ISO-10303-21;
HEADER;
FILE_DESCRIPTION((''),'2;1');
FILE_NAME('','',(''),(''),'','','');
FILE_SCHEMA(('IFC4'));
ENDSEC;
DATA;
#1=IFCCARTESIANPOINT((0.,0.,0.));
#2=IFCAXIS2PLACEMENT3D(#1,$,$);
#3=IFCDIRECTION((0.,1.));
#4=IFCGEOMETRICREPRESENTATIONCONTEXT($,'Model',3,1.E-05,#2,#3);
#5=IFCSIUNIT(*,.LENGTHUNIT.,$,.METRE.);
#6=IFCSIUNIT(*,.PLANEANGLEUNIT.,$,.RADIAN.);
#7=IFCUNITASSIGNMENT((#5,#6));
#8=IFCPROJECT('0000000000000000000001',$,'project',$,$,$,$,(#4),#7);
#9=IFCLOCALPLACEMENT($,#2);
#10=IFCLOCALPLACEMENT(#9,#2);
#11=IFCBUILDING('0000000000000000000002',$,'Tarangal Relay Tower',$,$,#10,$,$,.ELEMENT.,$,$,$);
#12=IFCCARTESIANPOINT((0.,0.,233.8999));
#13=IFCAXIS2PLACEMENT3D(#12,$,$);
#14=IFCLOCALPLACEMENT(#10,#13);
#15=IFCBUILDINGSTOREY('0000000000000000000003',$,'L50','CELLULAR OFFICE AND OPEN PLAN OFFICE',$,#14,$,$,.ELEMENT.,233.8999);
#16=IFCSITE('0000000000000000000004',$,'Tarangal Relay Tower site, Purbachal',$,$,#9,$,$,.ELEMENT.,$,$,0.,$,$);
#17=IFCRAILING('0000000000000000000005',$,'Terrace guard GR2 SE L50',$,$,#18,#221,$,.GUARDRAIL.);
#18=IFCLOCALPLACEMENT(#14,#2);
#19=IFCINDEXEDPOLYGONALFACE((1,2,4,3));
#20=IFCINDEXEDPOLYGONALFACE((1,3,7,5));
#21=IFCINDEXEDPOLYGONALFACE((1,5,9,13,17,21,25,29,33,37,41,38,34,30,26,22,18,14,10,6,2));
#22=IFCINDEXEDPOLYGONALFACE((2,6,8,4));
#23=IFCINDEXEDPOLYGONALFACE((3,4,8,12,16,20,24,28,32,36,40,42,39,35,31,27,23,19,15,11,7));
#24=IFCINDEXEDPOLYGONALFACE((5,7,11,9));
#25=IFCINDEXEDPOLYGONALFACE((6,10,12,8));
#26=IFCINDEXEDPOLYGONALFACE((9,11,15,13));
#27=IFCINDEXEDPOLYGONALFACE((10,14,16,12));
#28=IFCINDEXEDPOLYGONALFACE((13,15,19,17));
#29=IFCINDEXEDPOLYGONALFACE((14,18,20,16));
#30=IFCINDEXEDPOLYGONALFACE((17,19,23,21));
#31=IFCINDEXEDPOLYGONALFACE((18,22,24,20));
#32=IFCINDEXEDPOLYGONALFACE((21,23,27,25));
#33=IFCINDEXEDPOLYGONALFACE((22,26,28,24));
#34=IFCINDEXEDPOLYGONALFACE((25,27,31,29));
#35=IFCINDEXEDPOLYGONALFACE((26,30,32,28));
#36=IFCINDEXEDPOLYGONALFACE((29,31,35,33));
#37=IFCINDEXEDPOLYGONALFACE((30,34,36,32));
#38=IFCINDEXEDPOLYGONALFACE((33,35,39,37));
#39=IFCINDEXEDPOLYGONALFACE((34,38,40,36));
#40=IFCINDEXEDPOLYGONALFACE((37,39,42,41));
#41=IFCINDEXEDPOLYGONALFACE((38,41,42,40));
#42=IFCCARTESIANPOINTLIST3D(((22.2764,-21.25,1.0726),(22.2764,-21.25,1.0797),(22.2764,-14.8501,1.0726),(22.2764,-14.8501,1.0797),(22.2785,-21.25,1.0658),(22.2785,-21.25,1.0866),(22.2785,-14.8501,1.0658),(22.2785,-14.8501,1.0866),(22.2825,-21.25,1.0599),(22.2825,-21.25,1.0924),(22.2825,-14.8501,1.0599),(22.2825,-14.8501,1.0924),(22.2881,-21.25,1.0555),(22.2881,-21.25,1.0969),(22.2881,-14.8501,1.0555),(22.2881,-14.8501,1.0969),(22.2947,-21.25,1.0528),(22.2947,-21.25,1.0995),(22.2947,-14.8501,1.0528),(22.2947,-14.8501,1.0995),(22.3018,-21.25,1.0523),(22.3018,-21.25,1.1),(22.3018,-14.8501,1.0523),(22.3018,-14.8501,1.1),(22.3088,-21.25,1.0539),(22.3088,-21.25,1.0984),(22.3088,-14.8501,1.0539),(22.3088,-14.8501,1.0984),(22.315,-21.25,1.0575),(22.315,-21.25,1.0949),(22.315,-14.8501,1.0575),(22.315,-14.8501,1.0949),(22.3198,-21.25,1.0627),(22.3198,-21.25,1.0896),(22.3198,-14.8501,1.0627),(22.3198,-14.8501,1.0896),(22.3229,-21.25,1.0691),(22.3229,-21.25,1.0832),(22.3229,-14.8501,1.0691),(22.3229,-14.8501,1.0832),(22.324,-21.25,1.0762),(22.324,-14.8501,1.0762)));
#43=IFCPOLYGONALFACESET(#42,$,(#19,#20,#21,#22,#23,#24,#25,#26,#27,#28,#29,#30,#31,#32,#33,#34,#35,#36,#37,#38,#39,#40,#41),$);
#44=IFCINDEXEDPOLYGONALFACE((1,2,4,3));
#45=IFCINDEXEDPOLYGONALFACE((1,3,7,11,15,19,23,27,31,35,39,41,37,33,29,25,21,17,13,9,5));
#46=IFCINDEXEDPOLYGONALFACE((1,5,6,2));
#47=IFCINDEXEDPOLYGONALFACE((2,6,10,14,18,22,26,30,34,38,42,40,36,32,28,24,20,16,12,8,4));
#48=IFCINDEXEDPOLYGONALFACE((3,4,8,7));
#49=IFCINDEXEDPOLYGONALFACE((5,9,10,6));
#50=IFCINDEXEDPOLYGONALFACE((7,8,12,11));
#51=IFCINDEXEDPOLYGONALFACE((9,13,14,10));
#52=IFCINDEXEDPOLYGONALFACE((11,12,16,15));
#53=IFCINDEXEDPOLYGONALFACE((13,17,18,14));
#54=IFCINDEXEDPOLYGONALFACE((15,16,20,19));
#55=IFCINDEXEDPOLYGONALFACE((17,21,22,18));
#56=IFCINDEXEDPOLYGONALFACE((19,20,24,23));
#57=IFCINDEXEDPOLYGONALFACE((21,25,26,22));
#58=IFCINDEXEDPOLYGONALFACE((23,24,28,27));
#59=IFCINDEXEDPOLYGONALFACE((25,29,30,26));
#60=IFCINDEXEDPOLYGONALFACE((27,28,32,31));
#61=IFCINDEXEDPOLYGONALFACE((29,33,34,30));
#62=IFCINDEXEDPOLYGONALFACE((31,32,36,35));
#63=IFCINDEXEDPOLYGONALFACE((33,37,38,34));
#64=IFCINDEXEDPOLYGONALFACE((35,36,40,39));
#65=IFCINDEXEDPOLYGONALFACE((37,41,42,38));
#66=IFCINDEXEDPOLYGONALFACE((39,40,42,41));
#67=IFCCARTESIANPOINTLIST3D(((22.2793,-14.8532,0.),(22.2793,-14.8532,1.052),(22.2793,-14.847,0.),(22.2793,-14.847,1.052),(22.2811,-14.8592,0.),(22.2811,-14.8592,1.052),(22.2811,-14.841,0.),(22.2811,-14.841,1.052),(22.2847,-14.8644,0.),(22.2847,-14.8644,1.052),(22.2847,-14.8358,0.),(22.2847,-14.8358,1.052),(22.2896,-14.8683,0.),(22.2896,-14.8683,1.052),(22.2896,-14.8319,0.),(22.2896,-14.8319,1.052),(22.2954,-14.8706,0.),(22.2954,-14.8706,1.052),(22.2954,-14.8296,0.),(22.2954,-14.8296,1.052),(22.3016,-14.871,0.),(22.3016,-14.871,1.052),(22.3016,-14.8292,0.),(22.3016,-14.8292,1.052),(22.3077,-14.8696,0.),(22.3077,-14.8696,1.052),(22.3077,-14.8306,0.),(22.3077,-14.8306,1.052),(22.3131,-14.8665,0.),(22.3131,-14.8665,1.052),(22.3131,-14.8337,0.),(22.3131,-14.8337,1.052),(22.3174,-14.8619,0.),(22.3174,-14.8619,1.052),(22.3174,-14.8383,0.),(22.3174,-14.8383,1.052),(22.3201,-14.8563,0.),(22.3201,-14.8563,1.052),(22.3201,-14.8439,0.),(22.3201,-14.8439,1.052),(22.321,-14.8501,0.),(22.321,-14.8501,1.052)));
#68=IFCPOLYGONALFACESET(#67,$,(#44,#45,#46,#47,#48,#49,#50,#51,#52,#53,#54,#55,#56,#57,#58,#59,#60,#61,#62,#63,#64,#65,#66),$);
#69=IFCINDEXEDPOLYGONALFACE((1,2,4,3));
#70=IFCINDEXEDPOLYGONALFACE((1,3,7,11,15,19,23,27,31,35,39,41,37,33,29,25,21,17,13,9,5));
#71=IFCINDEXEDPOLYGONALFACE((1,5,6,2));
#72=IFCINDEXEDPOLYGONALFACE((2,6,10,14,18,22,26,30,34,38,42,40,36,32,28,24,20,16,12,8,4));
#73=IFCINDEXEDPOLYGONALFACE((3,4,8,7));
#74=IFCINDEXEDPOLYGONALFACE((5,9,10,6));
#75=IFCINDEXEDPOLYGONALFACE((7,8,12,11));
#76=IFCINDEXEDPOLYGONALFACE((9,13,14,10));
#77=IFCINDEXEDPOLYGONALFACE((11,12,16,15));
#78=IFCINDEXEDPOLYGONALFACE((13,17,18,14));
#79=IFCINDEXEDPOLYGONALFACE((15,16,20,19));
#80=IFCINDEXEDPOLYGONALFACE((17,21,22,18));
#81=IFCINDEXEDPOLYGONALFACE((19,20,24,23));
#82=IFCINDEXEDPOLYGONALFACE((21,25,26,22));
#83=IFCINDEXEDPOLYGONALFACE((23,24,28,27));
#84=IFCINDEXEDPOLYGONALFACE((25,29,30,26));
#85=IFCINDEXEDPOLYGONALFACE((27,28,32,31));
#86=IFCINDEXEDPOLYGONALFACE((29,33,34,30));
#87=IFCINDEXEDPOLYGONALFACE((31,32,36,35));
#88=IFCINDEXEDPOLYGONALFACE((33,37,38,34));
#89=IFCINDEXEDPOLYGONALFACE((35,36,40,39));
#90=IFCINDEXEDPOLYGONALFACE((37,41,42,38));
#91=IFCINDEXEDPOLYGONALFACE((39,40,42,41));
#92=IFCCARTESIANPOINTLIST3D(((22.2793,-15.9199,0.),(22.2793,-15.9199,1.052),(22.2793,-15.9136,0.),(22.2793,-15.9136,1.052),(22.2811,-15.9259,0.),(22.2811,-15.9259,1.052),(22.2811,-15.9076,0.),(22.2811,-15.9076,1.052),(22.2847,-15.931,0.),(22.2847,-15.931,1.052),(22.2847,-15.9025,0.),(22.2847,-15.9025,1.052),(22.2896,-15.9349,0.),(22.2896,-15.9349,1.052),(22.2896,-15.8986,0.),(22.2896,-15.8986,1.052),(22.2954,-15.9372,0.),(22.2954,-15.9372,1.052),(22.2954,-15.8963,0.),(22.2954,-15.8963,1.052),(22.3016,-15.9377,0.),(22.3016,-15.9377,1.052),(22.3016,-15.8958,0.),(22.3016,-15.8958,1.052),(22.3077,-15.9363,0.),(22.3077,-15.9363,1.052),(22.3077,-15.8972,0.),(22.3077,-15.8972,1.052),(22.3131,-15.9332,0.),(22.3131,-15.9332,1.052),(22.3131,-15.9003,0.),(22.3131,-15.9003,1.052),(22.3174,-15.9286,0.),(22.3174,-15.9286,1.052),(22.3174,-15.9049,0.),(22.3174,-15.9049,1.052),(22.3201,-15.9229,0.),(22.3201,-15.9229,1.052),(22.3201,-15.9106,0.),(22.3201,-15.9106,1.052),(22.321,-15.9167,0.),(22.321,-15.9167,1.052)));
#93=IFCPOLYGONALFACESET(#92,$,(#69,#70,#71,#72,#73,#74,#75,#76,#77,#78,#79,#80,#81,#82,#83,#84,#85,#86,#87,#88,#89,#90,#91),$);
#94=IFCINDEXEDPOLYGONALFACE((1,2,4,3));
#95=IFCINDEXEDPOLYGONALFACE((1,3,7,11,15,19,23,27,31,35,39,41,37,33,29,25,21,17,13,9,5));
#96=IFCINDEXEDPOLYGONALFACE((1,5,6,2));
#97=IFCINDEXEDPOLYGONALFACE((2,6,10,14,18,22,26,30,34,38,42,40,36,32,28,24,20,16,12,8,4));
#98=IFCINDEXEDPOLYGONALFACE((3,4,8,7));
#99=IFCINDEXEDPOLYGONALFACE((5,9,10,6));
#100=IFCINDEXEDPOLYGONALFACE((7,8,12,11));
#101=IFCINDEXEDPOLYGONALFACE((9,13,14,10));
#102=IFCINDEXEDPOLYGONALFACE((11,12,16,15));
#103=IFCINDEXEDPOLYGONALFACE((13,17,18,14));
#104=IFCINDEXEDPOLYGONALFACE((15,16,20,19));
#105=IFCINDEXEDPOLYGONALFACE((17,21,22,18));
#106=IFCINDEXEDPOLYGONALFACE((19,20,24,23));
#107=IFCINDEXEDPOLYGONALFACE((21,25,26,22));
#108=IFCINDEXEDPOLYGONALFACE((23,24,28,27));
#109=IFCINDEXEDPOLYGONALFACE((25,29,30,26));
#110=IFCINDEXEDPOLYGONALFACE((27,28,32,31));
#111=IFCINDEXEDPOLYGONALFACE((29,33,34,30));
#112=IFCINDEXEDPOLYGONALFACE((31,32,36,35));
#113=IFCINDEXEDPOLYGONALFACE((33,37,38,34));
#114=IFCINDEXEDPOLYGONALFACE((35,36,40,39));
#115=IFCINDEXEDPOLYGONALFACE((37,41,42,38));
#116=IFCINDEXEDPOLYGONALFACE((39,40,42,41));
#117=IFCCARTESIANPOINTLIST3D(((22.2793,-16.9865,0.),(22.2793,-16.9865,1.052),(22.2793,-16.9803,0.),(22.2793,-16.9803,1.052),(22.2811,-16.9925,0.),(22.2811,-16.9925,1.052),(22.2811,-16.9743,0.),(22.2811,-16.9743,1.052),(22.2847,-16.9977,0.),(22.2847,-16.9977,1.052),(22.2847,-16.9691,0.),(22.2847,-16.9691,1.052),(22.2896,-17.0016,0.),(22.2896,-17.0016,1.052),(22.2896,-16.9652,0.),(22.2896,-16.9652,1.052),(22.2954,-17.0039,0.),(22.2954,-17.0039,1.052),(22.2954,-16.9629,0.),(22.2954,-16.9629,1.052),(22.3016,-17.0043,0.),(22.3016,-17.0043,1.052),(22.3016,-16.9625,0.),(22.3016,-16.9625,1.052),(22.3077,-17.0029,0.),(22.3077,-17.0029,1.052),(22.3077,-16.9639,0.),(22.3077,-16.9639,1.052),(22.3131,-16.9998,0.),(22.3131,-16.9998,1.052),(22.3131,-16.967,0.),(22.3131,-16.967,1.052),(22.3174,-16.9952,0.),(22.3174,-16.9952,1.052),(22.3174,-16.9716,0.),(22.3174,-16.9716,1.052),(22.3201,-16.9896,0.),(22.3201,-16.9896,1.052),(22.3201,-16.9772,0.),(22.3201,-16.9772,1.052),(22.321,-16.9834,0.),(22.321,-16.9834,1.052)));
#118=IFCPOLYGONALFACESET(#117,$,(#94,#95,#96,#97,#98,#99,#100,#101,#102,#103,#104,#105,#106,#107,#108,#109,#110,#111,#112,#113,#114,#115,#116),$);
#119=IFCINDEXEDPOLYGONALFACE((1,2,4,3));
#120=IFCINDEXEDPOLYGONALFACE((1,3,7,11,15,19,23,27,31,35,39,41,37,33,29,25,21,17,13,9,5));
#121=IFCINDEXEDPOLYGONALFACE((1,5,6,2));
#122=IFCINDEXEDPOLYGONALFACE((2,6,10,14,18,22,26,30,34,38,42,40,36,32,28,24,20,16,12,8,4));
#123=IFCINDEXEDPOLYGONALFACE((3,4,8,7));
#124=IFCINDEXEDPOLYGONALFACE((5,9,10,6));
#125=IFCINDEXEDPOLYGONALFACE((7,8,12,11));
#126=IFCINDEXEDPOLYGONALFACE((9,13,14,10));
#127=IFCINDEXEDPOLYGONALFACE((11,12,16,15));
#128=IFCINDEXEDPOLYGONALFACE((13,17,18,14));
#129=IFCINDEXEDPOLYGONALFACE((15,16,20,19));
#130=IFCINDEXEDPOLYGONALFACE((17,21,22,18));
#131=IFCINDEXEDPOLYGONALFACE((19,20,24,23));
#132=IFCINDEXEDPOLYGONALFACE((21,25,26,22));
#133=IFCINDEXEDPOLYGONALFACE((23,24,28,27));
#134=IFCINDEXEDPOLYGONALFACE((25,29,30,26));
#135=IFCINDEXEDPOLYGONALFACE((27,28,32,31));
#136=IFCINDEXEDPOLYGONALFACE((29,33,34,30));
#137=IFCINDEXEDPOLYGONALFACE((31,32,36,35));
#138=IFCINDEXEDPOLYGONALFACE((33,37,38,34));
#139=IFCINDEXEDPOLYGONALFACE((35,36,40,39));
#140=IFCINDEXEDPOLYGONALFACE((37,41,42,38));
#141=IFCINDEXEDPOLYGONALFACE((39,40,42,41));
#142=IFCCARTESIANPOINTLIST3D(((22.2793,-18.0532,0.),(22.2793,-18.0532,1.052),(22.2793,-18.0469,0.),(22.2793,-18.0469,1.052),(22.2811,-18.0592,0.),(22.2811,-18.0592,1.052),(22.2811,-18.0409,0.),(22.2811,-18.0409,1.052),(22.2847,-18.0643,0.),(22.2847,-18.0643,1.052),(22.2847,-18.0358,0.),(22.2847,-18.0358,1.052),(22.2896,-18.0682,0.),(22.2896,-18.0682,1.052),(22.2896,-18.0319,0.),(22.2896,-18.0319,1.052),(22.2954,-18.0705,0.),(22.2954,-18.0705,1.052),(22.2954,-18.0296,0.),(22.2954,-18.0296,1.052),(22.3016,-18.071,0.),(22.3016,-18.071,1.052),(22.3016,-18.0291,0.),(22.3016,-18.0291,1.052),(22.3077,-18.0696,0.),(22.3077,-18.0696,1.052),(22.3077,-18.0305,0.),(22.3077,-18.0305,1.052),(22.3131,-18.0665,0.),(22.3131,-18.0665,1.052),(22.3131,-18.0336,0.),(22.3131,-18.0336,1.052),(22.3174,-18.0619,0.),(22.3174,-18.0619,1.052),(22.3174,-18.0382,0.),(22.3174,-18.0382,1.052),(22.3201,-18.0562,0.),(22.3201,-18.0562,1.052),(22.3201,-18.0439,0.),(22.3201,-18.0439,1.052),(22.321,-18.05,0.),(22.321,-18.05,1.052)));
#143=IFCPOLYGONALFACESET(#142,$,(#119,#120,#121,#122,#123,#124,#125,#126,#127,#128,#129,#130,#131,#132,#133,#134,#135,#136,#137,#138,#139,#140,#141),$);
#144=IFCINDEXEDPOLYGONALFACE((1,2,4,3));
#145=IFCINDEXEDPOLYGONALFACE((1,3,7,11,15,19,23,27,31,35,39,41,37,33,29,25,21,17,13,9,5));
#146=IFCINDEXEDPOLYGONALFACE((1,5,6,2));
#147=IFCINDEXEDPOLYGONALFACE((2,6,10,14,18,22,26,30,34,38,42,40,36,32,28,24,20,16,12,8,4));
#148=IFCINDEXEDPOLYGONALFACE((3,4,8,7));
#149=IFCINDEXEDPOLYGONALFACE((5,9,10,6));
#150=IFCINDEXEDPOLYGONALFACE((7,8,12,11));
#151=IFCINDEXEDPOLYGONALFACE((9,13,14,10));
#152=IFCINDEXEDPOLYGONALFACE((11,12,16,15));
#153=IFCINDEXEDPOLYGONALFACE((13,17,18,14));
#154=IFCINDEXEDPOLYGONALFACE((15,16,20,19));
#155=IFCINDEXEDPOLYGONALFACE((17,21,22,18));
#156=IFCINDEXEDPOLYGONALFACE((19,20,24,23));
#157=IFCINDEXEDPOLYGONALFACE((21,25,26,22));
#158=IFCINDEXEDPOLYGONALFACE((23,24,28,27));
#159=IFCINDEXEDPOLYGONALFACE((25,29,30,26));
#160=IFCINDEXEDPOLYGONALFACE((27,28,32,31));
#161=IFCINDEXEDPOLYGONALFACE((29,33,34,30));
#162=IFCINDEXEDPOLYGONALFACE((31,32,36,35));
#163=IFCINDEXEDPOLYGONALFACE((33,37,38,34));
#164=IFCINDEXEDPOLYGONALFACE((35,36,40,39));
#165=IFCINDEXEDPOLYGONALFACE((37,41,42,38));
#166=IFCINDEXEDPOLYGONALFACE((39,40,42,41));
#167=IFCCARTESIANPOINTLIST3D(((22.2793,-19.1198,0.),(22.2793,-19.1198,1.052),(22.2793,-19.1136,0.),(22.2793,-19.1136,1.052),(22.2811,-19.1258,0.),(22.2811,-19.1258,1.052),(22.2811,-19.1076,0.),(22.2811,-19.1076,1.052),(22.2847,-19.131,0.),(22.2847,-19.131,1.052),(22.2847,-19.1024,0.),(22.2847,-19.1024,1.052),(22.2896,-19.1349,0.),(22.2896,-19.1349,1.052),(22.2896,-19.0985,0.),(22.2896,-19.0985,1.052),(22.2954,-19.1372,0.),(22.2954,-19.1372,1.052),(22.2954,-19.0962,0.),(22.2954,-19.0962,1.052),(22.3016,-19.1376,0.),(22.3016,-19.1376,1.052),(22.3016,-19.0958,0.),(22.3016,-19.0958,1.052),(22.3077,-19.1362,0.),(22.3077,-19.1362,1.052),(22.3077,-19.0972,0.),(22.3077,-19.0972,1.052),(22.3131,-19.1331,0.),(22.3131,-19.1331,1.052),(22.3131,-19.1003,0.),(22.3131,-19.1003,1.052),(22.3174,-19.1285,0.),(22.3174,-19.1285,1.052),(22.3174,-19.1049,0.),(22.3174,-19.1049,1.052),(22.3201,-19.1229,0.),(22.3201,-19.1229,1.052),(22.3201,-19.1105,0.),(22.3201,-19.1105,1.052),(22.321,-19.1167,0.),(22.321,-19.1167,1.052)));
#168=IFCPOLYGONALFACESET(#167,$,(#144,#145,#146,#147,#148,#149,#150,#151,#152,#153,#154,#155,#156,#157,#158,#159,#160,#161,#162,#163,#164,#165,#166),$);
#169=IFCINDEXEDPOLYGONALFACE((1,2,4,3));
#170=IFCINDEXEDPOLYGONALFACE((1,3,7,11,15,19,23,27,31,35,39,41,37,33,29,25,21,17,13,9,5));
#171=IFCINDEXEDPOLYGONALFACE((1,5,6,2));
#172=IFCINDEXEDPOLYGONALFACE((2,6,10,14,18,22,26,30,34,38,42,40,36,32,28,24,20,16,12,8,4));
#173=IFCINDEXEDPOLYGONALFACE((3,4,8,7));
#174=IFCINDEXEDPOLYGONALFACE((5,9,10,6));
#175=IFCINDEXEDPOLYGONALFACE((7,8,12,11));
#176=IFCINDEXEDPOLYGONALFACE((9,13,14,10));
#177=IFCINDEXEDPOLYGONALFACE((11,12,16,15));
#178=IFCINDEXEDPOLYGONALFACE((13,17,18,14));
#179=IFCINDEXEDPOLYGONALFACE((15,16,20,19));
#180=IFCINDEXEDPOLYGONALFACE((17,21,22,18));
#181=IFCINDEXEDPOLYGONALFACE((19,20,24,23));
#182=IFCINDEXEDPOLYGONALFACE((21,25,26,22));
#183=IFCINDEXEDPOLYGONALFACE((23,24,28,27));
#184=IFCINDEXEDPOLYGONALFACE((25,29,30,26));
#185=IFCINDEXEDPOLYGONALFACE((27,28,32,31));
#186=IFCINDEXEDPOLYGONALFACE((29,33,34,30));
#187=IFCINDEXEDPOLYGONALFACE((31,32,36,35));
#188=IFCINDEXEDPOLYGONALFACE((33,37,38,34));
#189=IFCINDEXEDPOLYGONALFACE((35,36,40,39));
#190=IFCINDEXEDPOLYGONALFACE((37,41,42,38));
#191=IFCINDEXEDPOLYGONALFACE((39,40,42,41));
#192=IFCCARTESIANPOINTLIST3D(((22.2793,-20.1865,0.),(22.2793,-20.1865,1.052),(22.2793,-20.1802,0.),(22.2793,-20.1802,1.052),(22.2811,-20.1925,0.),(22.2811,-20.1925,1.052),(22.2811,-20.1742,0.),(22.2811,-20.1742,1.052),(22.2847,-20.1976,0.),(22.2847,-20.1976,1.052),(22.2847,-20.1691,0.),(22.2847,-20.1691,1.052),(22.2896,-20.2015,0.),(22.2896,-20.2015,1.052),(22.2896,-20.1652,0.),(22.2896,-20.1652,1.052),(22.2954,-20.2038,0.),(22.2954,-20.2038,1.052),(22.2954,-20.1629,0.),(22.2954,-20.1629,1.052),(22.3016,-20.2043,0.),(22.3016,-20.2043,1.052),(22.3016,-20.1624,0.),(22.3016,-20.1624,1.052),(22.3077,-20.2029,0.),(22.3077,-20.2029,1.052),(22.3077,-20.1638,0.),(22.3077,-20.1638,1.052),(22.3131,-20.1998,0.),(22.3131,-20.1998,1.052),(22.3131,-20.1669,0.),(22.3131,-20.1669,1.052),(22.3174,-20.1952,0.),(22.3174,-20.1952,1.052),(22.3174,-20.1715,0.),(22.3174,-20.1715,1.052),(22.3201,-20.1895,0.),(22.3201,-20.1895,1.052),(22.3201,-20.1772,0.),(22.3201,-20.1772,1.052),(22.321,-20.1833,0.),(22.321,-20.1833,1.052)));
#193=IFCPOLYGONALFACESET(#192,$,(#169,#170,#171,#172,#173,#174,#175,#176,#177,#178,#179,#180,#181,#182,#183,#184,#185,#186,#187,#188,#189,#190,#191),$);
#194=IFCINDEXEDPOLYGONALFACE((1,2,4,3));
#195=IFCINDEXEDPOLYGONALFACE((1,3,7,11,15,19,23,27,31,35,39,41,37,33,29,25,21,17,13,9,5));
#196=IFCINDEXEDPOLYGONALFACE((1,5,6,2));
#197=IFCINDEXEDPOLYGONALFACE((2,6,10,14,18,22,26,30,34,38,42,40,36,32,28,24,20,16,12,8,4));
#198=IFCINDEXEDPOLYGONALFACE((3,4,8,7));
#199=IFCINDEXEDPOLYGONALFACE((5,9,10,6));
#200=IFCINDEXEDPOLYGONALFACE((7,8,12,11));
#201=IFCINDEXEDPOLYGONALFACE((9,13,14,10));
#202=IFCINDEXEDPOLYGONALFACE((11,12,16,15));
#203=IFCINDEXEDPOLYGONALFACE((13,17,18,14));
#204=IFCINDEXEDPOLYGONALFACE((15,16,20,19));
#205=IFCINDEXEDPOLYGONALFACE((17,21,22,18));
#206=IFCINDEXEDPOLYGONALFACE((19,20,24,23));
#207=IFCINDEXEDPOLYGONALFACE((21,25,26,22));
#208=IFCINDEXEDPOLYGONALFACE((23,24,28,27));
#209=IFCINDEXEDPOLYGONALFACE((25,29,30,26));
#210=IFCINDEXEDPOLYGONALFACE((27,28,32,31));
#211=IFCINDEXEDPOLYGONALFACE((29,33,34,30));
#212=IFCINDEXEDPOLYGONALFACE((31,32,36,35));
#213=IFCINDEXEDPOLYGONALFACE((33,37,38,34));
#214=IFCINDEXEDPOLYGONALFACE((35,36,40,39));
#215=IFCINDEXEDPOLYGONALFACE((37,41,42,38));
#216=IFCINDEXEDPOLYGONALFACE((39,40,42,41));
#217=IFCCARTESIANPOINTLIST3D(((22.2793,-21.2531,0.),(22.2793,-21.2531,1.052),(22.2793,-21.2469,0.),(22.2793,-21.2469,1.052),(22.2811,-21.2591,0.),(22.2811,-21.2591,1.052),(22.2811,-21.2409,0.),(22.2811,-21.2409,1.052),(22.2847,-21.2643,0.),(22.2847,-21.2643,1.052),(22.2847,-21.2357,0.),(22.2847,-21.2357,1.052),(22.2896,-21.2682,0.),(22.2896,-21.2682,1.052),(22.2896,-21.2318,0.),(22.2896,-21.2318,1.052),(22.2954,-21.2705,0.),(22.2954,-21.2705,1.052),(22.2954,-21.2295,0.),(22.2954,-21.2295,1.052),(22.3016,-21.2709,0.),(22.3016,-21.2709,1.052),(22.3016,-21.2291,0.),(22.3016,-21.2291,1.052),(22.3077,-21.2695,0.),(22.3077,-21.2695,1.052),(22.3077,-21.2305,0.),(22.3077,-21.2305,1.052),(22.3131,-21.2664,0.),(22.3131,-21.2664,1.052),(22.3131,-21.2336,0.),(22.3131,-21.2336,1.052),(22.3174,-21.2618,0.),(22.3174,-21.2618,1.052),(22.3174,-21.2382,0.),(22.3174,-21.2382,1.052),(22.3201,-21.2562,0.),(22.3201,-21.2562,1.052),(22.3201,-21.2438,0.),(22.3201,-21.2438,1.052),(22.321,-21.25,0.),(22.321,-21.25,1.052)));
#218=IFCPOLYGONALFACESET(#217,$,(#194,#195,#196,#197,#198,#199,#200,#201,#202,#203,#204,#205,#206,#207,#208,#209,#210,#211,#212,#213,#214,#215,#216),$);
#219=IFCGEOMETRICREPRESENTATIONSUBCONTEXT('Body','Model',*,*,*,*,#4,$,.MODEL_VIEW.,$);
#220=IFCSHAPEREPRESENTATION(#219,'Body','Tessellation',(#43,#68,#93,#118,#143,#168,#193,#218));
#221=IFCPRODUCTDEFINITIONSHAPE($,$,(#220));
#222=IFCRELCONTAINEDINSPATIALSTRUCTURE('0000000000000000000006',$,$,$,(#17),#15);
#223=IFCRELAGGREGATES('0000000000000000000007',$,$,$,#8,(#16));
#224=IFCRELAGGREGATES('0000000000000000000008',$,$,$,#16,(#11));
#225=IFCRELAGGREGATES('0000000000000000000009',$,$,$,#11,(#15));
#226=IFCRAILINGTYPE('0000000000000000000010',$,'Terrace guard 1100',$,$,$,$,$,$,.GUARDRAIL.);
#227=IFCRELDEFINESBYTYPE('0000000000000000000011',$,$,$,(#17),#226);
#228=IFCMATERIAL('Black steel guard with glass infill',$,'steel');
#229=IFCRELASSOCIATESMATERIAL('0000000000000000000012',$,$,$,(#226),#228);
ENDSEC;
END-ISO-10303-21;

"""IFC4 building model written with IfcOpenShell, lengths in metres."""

from ifc_helpers import new_model, si_unit, direction, frame, origin, origin_2d, place, context, subcontext, project, spatial, circle, extrude, material, type_object, element, save


model = new_model("IFC4")

# Units and contexts
model_context = context("Model", 3, precision=1e-05, world=origin(), true_north=direction((0.0, 1.0)))
body_context = subcontext(model_context, "Body", "Model", "MODEL_VIEW")
ifc_project = project(units=[si_unit("LENGTHUNIT", "METRE"), si_unit("PLANEANGLEUNIT", "RADIAN")], contexts=[model_context])

# Site, building, storey
site_placement = place(None, origin())
site = spatial("IfcSite", under=ifc_project, at=site_placement, Name="Tarangal Relay Tower site, Purbachal", CompositionType="ELEMENT", RefElevation=0.0)
building_placement = place(site_placement, origin())
building = spatial("IfcBuilding", under=site, at=building_placement, Name="Tarangal Relay Tower", CompositionType="ELEMENT")
storey_placement = place(building_placement, frame((0.0, 0.0, 233.8999)))
storey = spatial("IfcBuildingStorey", under=building, at=storey_placement, Name="L50", Description="CELLULAR OFFICE AND OPEN PLAN OFFICE", CompositionType="ELEMENT", Elevation=233.8999)

# Railing
ifc_material_1 = material(Name="Black steel guard with glass infill", Category="steel")
railing_type = type_object("IfcRailingType", Name="Terrace guard 1100", PredefinedType="GUARDRAIL", material=ifc_material_1)
railing_1_placement = place(storey_placement, frame((22.3, -14.8501, 0.0)))
element("IfcRailing", 1, at=railing_1_placement, inside=storey, type_object=railing_type, Name="Terrace guard GR2 SE L50", PredefinedType="GUARDRAIL", context=body_context, shape_type="SweptSolid", body=[
    extrude(circle(Radius=0.0239, at=origin_2d()), frame((0.0, 0.0, 1.0762), z_axis=(0.0, -1.0, 0.0), x_axis=(1.0, 0.0, 0.0)), (0.0, 0.0, 1.0), 6.3999),
    extrude(circle(Radius=0.021, at=origin_2d()), origin(), (0.0, 0.0, 1.0), 1.052),
    extrude(circle(Radius=0.021, at=origin_2d()), frame((0.0, -1.0667, 0.0)), (0.0, 0.0, 1.0), 1.052),
    extrude(circle(Radius=0.021, at=origin_2d()), frame((0.0, -2.1333, 0.0)), (0.0, 0.0, 1.0), 1.052),
    extrude(circle(Radius=0.021, at=origin_2d()), frame((0.0, -3.2, 0.0)), (0.0, 0.0, 1.0), 1.052),
    extrude(circle(Radius=0.021, at=origin_2d()), frame((0.0, -4.2666, 0.0)), (0.0, 0.0, 1.0), 1.052),
    extrude(circle(Radius=0.021, at=origin_2d()), frame((0.0, -5.3333, 0.0)), (0.0, 0.0, 1.0), 1.052),
    extrude(circle(Radius=0.021, at=origin_2d()), frame((0.0, -6.3999, 0.0)), (0.0, 0.0, 1.0), 1.052),
])

save(model, "model.ifc")
